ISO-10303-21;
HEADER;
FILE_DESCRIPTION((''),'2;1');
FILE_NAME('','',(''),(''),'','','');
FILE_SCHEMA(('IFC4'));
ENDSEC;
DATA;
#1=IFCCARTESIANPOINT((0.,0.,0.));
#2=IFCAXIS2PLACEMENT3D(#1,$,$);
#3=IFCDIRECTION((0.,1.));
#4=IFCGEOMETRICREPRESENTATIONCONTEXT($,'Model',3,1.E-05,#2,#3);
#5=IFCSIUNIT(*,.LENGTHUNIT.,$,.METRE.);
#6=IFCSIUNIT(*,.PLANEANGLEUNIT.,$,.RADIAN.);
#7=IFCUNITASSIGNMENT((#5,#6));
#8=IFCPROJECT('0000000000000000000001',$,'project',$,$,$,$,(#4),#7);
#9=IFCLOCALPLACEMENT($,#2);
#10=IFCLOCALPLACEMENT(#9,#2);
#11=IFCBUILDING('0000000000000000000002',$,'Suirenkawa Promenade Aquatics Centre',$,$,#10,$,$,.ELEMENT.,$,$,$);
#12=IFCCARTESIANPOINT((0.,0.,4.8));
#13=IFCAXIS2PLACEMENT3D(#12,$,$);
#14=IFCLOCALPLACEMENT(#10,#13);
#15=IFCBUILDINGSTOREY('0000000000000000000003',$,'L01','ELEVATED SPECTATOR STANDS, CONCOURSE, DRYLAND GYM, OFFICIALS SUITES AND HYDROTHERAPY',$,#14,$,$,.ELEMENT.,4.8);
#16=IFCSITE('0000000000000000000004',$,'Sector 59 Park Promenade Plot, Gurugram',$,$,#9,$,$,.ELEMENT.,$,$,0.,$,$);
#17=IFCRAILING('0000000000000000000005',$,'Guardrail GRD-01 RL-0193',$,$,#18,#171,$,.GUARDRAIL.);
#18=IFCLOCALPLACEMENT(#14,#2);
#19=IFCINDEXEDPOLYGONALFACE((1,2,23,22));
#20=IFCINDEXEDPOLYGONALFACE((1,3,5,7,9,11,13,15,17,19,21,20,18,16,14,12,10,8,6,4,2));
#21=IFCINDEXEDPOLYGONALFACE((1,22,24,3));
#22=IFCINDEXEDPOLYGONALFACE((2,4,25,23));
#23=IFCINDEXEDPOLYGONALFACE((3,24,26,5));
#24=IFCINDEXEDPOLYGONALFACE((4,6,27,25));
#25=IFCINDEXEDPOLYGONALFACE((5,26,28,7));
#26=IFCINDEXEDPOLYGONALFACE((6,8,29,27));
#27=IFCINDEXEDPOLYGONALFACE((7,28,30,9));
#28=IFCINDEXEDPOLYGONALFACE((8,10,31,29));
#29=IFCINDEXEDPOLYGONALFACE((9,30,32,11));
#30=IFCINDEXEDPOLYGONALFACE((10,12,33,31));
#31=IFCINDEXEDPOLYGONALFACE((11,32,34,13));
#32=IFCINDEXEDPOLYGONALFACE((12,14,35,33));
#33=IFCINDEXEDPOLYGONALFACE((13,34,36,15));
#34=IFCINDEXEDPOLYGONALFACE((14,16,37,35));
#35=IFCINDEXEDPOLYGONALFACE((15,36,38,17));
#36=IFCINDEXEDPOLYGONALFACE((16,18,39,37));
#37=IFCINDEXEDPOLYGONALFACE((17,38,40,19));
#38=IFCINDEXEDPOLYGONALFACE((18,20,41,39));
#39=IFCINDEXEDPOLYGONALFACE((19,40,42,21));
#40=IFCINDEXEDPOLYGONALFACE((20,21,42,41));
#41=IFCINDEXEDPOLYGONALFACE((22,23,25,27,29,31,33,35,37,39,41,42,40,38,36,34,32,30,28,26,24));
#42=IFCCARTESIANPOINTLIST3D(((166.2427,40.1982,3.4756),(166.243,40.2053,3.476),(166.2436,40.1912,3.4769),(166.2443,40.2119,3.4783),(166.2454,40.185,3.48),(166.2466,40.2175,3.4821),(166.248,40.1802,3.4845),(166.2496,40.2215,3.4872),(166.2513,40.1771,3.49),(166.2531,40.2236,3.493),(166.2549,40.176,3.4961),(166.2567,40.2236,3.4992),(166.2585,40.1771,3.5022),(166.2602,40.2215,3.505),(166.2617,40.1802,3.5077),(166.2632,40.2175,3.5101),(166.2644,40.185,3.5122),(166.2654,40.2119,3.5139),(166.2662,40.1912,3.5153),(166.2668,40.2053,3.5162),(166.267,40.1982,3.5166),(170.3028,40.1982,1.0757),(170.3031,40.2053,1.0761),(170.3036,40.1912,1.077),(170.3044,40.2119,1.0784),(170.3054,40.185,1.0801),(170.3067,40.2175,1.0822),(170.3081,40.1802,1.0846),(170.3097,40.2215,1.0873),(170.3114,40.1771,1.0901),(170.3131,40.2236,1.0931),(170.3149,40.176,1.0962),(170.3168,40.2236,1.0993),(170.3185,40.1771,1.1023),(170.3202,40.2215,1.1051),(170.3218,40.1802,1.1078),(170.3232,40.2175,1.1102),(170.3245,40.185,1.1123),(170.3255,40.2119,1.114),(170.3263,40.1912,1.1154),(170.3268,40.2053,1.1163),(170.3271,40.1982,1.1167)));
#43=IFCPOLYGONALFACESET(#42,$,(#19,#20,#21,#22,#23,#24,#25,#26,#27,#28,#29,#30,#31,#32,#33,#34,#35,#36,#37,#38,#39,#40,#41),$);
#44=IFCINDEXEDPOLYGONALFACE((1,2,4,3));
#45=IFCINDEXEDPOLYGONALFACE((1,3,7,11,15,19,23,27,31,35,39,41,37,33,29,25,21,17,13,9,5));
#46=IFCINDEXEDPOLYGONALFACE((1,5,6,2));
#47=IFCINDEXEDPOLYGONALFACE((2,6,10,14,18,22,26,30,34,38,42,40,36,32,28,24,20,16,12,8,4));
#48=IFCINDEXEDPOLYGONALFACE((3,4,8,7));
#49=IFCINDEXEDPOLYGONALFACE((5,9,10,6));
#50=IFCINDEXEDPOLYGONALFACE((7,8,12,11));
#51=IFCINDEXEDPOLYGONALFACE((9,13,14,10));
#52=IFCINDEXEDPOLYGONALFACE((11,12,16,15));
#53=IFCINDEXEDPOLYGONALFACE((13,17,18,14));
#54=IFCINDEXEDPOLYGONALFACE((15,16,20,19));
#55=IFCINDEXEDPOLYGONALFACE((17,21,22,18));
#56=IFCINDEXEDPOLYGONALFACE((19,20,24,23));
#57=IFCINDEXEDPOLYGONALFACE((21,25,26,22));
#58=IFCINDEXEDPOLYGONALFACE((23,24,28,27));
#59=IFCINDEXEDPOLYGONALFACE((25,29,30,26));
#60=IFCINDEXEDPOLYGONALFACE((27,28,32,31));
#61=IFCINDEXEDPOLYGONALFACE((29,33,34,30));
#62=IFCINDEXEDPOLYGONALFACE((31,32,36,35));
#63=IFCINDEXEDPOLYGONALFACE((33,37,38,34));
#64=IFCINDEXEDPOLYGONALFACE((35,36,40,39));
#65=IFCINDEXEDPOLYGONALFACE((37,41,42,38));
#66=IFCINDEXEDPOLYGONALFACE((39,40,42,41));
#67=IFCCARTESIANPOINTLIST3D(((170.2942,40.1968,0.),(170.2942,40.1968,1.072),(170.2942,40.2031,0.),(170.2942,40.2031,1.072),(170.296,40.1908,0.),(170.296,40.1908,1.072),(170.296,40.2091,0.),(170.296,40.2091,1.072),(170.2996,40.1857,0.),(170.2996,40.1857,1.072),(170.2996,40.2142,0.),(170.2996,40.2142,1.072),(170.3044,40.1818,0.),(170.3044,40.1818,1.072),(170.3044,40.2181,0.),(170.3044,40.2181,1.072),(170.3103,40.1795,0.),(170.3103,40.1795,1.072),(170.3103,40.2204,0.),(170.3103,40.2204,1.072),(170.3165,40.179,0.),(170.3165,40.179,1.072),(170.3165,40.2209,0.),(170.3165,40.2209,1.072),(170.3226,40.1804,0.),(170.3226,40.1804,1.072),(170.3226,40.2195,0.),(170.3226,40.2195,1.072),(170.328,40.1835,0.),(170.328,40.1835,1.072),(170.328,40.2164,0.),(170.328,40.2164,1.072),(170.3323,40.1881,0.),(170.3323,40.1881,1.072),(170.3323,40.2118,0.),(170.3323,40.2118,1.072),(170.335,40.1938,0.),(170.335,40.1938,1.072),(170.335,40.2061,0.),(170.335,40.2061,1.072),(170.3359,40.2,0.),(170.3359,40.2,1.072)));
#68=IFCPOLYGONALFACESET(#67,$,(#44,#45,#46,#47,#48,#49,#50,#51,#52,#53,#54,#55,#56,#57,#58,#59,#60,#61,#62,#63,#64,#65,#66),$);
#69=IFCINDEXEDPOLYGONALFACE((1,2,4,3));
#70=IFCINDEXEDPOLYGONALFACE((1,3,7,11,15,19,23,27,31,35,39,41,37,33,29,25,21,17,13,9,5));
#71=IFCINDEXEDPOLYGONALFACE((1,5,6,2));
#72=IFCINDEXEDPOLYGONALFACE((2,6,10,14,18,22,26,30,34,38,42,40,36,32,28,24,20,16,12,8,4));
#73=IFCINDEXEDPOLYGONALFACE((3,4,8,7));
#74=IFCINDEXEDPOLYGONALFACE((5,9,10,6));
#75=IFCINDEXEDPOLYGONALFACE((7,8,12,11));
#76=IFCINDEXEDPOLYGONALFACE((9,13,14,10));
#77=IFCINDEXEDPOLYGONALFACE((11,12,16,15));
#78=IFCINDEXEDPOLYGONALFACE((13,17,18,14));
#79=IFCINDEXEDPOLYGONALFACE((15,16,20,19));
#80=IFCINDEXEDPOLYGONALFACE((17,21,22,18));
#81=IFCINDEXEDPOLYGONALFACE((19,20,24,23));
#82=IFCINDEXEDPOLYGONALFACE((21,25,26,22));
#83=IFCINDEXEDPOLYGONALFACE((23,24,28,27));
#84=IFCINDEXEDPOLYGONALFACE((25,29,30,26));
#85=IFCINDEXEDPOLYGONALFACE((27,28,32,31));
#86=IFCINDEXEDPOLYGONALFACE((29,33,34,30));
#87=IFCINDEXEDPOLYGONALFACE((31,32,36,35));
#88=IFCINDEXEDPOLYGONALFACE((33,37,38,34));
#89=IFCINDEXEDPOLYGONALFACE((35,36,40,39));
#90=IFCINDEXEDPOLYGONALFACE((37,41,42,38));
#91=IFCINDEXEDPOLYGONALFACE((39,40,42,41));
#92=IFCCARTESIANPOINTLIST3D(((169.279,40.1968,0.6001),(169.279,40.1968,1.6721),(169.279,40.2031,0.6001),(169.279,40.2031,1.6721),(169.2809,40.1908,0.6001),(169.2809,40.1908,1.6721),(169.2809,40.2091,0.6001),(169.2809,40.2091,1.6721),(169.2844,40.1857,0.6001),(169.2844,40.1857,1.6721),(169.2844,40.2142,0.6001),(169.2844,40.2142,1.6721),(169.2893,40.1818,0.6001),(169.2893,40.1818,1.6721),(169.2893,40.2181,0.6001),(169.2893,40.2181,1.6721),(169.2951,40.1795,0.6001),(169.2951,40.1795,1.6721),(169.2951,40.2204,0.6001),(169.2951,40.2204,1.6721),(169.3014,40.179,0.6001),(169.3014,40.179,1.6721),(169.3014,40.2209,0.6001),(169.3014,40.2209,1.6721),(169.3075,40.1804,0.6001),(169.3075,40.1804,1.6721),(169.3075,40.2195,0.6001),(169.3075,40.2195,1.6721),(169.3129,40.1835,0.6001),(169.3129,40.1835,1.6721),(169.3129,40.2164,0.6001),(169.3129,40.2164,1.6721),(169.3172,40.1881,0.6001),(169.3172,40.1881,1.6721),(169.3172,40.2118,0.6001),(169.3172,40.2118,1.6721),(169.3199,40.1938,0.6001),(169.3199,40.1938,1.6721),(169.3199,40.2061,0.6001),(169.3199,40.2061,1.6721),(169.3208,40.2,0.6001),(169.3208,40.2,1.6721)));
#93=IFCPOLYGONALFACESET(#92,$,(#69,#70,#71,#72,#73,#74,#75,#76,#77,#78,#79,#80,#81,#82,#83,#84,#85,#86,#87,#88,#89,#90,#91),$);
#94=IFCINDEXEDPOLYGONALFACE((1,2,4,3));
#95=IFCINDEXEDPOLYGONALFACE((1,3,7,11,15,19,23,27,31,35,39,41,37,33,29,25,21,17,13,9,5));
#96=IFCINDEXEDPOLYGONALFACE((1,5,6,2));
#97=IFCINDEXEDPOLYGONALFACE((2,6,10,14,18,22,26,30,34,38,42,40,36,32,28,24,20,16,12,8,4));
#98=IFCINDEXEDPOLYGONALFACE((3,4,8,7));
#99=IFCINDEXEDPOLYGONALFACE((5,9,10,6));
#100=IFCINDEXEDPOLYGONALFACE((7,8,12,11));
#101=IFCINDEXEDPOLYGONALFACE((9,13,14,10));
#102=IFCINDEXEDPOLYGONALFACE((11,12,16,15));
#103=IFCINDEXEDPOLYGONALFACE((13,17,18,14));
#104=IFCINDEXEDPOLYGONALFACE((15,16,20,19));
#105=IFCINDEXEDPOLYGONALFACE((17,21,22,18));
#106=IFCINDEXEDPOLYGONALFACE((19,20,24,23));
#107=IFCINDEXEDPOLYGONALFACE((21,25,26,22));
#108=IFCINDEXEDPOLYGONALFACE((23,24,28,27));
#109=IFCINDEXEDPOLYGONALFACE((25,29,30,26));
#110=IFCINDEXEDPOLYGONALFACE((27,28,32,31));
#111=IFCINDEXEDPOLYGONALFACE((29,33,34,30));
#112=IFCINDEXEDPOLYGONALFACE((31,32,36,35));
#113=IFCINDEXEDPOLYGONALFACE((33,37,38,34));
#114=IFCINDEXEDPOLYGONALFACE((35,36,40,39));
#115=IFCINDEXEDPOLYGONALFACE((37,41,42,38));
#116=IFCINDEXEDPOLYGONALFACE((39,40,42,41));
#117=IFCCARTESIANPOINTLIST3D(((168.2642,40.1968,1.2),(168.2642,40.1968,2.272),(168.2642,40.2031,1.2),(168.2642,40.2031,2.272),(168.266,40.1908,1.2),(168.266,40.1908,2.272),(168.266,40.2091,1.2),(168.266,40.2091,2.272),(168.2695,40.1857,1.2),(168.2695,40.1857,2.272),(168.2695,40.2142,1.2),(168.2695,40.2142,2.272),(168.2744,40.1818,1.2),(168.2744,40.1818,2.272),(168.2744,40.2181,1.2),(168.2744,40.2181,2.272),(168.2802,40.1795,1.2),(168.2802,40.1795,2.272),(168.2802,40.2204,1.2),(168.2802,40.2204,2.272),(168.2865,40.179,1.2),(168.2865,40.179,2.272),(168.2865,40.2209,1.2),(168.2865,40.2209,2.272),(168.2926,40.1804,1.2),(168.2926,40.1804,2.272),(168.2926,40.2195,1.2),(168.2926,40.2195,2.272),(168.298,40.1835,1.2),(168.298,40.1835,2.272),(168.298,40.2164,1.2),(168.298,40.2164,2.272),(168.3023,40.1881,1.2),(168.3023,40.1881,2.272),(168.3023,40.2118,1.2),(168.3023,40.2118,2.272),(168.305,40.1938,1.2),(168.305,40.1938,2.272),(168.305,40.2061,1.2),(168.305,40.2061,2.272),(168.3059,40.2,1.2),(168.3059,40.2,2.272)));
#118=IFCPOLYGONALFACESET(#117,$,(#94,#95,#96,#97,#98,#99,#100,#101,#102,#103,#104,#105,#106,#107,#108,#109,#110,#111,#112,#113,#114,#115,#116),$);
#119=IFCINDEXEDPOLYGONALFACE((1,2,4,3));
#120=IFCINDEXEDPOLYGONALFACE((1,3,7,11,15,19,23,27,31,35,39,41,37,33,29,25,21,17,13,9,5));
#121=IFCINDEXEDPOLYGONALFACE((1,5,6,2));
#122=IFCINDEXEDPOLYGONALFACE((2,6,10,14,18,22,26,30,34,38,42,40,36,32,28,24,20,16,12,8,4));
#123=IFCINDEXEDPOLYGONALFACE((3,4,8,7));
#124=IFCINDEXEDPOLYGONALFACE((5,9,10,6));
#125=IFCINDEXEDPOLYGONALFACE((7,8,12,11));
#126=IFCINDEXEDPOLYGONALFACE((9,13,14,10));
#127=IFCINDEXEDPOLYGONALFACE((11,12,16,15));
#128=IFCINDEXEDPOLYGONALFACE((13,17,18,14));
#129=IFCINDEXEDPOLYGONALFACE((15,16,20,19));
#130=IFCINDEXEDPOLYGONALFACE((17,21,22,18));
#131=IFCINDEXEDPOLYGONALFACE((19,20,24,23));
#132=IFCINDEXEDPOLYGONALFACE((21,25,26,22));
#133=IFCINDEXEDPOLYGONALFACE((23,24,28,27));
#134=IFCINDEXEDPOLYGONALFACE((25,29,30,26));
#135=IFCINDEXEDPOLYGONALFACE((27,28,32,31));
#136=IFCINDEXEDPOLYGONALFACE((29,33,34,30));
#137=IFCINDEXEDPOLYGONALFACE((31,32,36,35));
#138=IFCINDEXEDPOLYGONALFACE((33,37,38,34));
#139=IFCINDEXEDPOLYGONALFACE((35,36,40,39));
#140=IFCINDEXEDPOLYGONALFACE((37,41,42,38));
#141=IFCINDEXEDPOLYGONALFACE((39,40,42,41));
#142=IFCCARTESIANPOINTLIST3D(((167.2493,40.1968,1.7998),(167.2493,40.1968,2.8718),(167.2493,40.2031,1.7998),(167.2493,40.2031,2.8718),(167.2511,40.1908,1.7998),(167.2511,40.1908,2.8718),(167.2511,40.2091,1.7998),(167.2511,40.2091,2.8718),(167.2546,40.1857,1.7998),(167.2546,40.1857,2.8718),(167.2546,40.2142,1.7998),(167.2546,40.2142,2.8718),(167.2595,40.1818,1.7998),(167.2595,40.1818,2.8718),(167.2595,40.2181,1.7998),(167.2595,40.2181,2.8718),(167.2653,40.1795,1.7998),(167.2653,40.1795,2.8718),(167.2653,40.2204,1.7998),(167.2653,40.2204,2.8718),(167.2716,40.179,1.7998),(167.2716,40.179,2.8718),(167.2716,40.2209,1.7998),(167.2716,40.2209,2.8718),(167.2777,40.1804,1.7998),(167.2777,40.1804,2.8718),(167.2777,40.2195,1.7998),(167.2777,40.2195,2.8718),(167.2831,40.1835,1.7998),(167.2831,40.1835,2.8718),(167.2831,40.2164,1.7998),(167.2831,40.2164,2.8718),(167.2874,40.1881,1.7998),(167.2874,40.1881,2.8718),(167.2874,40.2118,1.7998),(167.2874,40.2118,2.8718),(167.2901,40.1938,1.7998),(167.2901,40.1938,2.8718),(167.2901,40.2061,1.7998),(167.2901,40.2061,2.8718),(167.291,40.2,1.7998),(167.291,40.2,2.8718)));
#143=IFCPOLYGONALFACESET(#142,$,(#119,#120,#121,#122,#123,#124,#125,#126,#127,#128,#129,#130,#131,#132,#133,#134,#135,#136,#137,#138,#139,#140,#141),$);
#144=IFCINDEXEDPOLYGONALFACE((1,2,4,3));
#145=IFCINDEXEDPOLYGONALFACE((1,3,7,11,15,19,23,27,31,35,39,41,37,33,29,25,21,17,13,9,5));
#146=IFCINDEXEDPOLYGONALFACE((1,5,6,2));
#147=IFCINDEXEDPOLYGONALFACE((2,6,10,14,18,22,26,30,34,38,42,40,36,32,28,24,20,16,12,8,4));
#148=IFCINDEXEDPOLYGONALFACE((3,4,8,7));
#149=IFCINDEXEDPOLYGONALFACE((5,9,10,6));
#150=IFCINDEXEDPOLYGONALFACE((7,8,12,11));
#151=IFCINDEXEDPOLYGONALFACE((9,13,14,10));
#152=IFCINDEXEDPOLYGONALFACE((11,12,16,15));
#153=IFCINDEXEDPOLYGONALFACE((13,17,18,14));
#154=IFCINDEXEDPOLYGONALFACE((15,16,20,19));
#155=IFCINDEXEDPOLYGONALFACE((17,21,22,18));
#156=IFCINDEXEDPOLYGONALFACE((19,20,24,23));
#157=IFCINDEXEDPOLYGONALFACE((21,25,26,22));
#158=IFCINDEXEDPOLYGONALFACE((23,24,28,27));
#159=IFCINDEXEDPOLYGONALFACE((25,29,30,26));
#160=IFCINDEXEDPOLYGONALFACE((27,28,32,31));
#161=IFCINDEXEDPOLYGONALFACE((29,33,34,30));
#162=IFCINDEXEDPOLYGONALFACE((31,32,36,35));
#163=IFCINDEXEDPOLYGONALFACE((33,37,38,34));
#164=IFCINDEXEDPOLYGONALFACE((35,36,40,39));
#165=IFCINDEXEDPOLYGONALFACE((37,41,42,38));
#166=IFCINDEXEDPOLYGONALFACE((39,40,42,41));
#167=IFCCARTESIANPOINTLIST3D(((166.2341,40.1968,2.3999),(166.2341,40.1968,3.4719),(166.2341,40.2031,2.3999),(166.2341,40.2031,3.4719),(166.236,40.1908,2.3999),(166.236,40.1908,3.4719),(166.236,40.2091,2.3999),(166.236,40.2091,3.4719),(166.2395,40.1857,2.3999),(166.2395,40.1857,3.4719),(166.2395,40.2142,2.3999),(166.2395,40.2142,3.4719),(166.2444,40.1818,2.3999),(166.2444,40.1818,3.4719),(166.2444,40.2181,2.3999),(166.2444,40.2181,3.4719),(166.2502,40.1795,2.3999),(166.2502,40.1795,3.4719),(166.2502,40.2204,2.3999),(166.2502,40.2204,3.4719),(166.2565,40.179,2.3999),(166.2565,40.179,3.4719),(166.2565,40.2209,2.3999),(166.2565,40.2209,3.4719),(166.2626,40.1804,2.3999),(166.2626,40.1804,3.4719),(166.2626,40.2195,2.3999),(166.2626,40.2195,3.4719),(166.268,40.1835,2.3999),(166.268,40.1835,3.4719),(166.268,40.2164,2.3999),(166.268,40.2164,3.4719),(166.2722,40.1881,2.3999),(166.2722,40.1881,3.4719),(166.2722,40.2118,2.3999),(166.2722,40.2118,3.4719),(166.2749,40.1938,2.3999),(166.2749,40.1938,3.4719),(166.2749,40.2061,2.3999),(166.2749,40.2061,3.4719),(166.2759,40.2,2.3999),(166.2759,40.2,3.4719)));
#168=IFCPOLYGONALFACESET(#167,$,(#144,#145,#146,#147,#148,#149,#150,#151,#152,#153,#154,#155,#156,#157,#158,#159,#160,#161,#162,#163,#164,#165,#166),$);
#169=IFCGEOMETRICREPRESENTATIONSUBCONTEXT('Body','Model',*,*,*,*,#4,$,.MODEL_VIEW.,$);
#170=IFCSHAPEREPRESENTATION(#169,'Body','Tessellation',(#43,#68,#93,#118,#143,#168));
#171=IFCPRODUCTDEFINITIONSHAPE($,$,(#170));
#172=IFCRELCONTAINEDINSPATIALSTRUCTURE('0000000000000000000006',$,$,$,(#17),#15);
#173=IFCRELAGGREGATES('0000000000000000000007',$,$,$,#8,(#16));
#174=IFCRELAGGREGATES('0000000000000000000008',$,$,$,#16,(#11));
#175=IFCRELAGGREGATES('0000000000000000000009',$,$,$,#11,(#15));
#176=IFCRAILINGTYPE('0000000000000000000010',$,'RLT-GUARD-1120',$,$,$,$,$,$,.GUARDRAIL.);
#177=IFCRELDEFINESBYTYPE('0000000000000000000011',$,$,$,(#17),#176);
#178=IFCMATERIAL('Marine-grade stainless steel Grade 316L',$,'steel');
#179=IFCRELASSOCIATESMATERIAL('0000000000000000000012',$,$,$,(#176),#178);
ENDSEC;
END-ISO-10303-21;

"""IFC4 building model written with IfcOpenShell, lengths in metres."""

from ifc_helpers import new_model, si_unit, direction, frame, origin, origin_2d, place, context, subcontext, project, spatial, circle, extrude, material, type_object, element, save


model = new_model("IFC4")

# Units and contexts
model_context = context("Model", 3, precision=1e-05, world=origin(), true_north=direction((0.0, 1.0)))
body_context = subcontext(model_context, "Body", "Model", "MODEL_VIEW")
ifc_project = project(units=[si_unit("LENGTHUNIT", "METRE"), si_unit("PLANEANGLEUNIT", "RADIAN")], contexts=[model_context])

# Site, building, storey
site_placement = place(None, origin())
site = spatial("IfcSite", under=ifc_project, at=site_placement, Name="Sector 59 Park Promenade Plot, Gurugram", CompositionType="ELEMENT", RefElevation=0.0)
building_placement = place(site_placement, origin())
building = spatial("IfcBuilding", under=site, at=building_placement, Name="Suirenkawa Promenade Aquatics Centre", CompositionType="ELEMENT")
storey_placement = place(building_placement, frame((0.0, 0.0, 4.8)))
storey = spatial("IfcBuildingStorey", under=building, at=storey_placement, Name="L01", Description="ELEVATED SPECTATOR STANDS, CONCOURSE, DRYLAND GYM, OFFICIALS SUITES AND HYDROTHERAPY", CompositionType="ELEMENT", Elevation=4.8)

# Railing
ifc_material_1 = material(Name="Marine-grade stainless steel Grade 316L", Category="steel")
railing_type_1 = type_object("IfcRailingType", Name="RLT-GUARD-1120", PredefinedType="GUARDRAIL", material=ifc_material_1)
for number, where, name in (
    (1, (170.3149, 40.2, 0.0), "Guardrail GRD-01 RL-0193"),
):
    element("IfcRailing", number, at=place(storey_placement, frame(where)), inside=storey, type_object=railing_type_1, Name=name, PredefinedType="GUARDRAIL", context=body_context, shape_type="SweptSolid", body=[
        extrude(circle(Radius=0.0239, at=origin_2d()), frame((0.0, 0.0, 1.0962), z_axis=(-0.860854, 0.0, 0.508851), x_axis=(0.0, -1.0, 0.0)), (0.0, 0.0, 1.0), 4.7163),
        extrude(circle(Radius=0.021, at=origin_2d()), origin(), (0.0, 0.0, 1.0), 1.072),
        extrude(circle(Radius=0.021, at=origin_2d()), frame((-1.0151, 0.0, 0.6001)), (0.0, 0.0, 1.0), 1.072),
        extrude(circle(Radius=0.021, at=origin_2d()), frame((-2.03, 0.0, 1.2)), (0.0, 0.0, 1.0), 1.072),
        extrude(circle(Radius=0.021, at=origin_2d()), frame((-3.0449, 0.0, 1.7998)), (0.0, 0.0, 1.0), 1.072),
        extrude(circle(Radius=0.021, at=origin_2d()), frame((-4.0601, 0.0, 2.3999)), (0.0, 0.0, 1.0), 1.072),
    ])

save(model, "model.ifc")
